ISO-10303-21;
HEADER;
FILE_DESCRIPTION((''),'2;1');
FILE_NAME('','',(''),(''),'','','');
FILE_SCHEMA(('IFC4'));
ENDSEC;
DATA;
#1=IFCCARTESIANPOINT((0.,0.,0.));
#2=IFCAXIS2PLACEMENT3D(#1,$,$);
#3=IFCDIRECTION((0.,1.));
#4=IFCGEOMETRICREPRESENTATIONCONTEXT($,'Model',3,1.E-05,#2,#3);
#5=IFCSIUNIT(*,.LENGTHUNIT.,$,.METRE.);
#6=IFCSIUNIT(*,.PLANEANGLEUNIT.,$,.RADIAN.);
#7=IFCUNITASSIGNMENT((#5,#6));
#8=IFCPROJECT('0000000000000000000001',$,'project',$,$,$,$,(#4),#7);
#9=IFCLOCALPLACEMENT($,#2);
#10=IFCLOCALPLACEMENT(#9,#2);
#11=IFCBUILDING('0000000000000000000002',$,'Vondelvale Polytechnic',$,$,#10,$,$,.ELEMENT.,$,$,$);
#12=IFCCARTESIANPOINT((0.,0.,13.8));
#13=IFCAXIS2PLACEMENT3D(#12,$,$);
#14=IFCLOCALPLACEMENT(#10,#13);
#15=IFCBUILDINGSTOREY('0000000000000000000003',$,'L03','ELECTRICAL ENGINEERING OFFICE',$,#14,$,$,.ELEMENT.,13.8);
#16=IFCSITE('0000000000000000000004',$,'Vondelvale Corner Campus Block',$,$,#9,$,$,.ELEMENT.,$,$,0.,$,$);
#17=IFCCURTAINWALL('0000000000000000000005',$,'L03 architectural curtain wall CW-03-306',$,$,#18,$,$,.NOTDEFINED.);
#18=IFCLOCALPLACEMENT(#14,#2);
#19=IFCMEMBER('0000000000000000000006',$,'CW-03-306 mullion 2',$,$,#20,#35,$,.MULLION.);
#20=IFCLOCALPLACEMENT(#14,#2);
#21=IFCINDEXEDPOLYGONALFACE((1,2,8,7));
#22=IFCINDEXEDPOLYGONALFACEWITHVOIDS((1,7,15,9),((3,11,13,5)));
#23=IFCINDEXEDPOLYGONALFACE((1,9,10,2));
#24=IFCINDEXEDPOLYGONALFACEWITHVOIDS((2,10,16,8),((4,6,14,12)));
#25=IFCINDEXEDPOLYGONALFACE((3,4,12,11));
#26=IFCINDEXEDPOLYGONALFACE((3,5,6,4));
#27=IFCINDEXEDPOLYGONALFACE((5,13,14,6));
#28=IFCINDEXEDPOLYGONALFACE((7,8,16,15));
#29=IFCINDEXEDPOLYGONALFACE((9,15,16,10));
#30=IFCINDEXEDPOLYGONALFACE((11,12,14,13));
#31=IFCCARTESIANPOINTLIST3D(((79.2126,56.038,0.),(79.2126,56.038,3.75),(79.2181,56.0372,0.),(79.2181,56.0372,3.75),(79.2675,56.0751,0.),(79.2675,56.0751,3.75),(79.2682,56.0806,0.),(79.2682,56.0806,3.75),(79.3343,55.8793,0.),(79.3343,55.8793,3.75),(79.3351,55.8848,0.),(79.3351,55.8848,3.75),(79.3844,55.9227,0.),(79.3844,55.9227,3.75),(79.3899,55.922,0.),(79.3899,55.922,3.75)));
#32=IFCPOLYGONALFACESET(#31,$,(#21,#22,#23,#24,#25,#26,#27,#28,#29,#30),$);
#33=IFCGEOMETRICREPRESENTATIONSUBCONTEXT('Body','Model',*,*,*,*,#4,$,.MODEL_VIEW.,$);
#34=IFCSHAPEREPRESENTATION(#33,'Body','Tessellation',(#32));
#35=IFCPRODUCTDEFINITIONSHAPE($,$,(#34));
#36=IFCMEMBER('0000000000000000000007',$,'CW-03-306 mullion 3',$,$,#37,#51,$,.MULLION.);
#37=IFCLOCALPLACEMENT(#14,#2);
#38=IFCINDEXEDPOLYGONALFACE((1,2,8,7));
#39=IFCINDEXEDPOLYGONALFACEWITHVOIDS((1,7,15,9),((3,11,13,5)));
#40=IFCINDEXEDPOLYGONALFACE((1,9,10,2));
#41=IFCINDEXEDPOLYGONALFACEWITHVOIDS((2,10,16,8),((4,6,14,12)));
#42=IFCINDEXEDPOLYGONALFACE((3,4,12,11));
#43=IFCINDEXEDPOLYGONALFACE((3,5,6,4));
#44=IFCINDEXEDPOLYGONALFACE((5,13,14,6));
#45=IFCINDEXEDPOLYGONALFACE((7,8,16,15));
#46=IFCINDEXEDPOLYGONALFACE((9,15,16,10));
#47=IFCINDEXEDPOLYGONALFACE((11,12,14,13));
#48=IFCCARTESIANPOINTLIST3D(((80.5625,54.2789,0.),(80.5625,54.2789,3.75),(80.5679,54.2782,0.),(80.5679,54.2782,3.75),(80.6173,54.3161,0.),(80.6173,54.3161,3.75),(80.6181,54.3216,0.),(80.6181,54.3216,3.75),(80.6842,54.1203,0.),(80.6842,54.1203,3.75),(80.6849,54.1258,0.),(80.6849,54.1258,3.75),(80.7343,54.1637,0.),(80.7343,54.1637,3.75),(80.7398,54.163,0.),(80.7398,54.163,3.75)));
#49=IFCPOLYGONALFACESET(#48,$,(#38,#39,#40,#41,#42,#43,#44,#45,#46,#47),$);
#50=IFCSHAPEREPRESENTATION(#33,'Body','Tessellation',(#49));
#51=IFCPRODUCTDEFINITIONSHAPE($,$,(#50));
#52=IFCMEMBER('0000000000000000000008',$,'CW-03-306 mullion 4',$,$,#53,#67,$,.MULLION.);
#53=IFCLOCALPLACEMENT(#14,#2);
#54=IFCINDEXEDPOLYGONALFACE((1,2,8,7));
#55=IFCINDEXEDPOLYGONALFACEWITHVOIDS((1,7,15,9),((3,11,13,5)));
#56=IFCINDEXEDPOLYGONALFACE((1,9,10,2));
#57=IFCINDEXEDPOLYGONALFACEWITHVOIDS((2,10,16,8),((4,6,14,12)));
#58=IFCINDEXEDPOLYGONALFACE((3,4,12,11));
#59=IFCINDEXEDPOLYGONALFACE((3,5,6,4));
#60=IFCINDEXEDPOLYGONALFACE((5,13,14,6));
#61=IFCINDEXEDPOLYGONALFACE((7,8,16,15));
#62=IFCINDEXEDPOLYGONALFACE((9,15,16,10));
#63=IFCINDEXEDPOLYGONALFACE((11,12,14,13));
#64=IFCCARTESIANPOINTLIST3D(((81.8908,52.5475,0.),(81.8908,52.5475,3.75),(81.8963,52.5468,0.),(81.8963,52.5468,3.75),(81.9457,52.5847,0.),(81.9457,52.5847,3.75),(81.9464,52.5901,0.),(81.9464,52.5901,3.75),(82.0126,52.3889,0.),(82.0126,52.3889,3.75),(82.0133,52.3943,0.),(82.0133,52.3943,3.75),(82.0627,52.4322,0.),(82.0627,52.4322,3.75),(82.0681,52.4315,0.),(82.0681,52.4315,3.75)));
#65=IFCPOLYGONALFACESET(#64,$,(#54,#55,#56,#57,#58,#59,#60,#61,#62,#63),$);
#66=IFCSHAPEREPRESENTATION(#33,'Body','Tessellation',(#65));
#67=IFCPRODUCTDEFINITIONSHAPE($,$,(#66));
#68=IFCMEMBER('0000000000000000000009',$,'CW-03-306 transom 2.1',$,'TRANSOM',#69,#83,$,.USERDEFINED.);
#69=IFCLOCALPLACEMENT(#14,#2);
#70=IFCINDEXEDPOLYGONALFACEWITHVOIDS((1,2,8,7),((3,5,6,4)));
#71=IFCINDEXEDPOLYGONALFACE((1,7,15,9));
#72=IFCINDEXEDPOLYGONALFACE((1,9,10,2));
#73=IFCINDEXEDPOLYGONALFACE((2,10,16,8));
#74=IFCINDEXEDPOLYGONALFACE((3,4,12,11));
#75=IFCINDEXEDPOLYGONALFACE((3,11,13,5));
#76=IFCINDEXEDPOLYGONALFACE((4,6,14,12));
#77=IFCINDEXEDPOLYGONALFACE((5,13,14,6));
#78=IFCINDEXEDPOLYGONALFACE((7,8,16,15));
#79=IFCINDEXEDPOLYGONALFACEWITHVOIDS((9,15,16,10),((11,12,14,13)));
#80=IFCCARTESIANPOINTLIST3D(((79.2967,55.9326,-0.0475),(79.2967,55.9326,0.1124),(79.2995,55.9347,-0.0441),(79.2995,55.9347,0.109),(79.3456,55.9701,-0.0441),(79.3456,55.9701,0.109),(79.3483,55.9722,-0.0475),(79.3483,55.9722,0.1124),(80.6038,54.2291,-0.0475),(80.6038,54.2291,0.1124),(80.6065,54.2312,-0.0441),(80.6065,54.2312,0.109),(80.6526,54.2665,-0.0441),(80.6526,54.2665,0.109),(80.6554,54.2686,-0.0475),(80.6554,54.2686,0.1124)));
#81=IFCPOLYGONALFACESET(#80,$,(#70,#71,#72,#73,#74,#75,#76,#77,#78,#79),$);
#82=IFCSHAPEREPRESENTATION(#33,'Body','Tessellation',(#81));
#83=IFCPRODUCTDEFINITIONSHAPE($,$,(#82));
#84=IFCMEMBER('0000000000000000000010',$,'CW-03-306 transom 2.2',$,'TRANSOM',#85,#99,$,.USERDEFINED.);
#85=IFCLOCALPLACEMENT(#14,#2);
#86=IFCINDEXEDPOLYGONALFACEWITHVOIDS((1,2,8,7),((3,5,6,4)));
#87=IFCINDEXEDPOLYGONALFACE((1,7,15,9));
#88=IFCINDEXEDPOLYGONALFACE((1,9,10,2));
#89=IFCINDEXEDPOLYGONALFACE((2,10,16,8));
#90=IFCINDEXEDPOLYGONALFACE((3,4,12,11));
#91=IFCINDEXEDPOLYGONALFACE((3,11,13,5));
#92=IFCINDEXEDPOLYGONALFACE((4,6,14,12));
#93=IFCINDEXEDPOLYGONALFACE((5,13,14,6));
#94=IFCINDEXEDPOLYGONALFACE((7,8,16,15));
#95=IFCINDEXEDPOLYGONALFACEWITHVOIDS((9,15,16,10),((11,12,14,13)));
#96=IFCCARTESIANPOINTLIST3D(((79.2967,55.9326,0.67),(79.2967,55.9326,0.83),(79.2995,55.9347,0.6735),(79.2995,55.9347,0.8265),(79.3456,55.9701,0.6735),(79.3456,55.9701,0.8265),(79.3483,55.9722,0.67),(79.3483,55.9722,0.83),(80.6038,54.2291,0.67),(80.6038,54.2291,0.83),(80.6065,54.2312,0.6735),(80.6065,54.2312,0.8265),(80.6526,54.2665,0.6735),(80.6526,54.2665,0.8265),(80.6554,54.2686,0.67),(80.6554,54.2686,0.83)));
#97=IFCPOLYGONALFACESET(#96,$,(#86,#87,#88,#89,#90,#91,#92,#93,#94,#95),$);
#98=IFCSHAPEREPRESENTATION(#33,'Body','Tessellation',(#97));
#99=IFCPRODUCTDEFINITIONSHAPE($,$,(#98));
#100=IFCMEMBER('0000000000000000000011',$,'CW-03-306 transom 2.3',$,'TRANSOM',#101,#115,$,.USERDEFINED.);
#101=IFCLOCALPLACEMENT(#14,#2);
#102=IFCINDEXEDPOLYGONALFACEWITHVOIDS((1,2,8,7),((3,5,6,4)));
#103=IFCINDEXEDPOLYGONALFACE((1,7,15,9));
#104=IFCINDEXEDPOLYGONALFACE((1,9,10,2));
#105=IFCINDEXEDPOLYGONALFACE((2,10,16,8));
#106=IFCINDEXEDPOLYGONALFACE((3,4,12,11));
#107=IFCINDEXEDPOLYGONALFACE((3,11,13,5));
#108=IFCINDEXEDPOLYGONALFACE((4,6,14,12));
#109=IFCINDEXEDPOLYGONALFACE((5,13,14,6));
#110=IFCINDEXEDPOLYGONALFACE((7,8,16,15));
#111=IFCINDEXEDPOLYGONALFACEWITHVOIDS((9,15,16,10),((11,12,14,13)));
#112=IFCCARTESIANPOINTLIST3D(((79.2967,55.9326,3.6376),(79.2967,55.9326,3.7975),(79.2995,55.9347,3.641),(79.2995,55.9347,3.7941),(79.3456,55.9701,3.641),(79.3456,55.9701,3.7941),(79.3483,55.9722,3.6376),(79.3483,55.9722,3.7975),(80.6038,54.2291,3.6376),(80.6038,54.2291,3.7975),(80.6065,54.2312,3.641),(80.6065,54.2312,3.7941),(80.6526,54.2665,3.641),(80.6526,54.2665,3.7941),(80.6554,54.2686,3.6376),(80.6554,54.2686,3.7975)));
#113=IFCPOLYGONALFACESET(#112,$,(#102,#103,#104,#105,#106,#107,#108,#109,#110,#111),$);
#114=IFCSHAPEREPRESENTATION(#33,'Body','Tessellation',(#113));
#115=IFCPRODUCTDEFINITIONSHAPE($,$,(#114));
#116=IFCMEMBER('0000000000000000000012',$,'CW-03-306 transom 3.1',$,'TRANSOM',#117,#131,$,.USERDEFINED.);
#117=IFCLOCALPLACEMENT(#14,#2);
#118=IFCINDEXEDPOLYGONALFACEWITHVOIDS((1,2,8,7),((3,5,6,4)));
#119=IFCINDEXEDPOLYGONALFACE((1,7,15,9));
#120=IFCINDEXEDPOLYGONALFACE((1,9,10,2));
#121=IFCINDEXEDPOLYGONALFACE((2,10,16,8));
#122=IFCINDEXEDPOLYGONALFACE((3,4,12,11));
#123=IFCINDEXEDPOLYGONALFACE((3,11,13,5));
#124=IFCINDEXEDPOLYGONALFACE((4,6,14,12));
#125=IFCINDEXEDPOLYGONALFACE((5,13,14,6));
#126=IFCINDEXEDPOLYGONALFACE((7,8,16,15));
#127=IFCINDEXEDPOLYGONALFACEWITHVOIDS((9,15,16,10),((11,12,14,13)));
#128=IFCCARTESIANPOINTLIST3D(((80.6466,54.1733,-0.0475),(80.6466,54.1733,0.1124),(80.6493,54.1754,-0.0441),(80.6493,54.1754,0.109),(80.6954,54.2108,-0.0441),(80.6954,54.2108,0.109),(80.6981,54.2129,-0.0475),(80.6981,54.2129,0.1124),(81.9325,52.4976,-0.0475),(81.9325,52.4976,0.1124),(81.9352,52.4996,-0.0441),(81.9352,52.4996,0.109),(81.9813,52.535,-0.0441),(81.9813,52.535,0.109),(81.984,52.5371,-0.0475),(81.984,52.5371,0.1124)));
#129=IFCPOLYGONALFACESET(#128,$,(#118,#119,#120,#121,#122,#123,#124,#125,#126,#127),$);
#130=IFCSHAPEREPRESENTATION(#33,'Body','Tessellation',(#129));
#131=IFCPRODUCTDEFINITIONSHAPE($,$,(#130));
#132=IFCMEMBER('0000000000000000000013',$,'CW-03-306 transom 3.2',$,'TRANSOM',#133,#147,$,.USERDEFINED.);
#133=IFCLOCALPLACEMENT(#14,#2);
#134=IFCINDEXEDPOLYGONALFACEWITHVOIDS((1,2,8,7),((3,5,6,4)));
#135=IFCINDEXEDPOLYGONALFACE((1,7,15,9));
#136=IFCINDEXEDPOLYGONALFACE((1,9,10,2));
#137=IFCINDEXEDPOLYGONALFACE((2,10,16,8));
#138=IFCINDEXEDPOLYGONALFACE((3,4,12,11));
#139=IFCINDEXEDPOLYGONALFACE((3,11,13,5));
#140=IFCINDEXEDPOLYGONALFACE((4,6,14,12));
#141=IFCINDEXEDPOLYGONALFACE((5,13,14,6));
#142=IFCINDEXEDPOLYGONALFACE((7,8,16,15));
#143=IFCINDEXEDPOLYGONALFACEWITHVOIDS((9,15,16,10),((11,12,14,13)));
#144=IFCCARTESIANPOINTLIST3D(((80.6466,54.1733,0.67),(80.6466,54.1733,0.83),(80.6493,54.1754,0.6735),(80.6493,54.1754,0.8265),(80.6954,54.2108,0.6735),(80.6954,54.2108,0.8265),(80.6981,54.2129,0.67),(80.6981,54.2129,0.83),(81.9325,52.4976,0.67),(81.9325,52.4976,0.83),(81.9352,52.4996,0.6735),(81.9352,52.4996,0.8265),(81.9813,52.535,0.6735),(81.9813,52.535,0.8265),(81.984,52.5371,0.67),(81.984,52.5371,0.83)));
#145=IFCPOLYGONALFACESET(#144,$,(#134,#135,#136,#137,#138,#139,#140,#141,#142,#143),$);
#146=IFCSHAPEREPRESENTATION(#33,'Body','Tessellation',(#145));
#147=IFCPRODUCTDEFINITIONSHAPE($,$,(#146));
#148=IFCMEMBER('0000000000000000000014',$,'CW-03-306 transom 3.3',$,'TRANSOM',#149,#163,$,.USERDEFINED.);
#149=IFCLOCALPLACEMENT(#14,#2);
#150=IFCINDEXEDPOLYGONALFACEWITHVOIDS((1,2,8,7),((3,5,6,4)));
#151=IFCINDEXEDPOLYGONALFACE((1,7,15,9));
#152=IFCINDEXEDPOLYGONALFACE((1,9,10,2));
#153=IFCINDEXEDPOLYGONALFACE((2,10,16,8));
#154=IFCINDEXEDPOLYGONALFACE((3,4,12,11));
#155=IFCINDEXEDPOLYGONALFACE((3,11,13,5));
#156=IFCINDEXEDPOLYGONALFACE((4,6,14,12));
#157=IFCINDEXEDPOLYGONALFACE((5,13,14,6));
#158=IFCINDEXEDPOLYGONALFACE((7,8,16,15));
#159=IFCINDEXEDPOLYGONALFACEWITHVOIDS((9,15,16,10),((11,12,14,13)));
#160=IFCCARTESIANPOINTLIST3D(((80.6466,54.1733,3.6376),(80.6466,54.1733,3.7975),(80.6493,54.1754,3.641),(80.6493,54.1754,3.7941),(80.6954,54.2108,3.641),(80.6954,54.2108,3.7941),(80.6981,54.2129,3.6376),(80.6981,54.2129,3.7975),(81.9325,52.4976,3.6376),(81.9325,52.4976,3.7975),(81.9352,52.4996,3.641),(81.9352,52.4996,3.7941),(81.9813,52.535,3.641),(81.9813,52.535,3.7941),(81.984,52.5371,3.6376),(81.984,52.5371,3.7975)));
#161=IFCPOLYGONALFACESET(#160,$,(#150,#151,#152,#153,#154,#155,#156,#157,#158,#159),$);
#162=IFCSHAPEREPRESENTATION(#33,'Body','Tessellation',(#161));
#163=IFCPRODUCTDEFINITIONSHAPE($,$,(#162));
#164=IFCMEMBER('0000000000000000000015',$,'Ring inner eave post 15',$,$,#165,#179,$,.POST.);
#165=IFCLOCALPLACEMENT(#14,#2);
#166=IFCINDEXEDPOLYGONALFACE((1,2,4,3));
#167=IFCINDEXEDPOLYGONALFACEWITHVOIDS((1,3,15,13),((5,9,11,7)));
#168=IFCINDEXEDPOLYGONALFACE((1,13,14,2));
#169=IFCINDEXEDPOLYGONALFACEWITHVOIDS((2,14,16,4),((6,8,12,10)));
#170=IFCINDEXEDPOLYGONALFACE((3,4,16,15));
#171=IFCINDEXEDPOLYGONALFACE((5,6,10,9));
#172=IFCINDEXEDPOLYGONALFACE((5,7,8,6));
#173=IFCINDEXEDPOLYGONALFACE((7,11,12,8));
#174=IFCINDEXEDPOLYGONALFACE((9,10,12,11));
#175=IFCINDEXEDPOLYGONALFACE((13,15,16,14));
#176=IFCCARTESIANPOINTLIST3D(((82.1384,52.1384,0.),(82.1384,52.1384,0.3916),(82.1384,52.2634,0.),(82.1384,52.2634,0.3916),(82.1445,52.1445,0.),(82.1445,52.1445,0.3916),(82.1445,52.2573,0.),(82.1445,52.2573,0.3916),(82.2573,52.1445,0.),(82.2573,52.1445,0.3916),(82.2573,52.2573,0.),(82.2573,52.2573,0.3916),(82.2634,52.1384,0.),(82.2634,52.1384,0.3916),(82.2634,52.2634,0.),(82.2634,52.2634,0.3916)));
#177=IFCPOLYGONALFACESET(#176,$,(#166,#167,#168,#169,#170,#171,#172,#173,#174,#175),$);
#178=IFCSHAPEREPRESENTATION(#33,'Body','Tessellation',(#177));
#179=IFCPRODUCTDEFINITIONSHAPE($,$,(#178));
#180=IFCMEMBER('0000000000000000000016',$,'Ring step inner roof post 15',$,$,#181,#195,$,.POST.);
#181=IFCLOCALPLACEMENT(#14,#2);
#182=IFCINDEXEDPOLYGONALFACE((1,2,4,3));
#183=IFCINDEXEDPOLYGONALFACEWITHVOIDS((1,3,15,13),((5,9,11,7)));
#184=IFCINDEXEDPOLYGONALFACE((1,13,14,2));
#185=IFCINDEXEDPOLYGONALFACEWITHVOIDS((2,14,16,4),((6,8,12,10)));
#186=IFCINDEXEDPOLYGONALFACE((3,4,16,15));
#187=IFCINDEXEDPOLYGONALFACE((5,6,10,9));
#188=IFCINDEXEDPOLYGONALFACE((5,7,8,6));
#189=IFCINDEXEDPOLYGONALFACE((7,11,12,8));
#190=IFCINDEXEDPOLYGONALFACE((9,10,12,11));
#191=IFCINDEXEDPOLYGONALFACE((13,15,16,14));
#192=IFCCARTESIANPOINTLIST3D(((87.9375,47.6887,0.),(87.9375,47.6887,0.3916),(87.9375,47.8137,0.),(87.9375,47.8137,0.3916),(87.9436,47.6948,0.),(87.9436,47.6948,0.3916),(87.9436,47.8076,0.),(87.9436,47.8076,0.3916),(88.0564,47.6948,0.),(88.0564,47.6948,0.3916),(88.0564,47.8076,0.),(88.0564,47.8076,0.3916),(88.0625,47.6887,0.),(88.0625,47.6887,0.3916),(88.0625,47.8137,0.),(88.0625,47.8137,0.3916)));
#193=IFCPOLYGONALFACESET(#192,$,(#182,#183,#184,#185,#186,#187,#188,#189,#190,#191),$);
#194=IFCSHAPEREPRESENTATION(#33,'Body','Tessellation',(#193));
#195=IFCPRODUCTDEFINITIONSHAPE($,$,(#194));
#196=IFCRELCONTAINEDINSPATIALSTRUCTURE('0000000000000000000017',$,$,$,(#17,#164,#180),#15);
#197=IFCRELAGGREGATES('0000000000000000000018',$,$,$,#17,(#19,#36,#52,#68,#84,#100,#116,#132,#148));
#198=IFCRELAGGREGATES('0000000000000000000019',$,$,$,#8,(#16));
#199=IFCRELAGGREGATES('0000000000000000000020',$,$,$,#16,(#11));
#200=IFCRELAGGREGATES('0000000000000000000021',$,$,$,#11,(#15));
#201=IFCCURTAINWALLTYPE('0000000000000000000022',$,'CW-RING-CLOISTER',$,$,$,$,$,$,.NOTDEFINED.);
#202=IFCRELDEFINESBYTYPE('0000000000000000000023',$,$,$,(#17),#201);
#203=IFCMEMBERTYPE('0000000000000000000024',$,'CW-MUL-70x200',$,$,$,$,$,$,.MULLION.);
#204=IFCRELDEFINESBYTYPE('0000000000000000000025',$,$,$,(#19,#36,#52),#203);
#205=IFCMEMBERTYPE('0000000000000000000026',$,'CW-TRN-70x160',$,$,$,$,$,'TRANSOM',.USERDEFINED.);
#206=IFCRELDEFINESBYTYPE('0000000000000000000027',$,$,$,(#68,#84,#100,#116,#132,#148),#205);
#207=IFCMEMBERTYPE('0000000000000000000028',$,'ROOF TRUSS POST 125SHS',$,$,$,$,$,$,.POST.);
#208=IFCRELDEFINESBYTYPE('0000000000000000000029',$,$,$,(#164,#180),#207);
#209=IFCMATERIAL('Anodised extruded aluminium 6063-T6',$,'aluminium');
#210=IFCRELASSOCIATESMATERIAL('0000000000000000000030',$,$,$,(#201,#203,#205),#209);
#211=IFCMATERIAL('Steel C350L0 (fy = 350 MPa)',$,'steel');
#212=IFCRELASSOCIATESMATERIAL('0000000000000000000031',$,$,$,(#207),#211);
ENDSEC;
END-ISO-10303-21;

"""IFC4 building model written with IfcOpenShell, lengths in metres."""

from ifc_helpers import new_model, si_unit, direction, frame, origin, origin_2d, place, context, subcontext, project, spatial, hollow_rectangle, extrude, material, material_profile, profile_set, type_object, element, aggregate, save


model = new_model("IFC4")

# Units and contexts
model_context = context("Model", 3, precision=1e-05, world=origin(), true_north=direction((0.0, 1.0)))
body_context = subcontext(model_context, "Body", "Model", "MODEL_VIEW")
ifc_project = project(units=[si_unit("LENGTHUNIT", "METRE"), si_unit("PLANEANGLEUNIT", "RADIAN")], contexts=[model_context])

# Site, building, storey
site_placement = place(None, origin())
site = spatial("IfcSite", under=ifc_project, at=site_placement, Name="Vondelvale Corner Campus Block", CompositionType="ELEMENT", RefElevation=0.0)
building_placement = place(site_placement, origin())
building = spatial("IfcBuilding", under=site, at=building_placement, Name="Vondelvale Polytechnic", CompositionType="ELEMENT")
storey_placement = place(building_placement, frame((0.0, 0.0, 13.8)))
storey = spatial("IfcBuildingStorey", under=building, at=storey_placement, Name="L03", Description="ELECTRICAL ENGINEERING OFFICE", CompositionType="ELEMENT", Elevation=13.8)

# Curtain wall, members
ifc_material_1 = material(Name="Anodised extruded aluminium 6063-T6", Category="aluminium")
curtain_wall_type = type_object("IfcCurtainWallType", Name="CW-RING-CLOISTER", PredefinedType="NOTDEFINED", material=ifc_material_1)
curtain_wall_placement = place(storey_placement, origin())
curtain_wall = element("IfcCurtainWall", 1, at=curtain_wall_placement, inside=storey, type_object=curtain_wall_type, Name="L03 architectural curtain wall CW-03-306", PredefinedType="NOTDEFINED")
ifc_material_profile_1 = material_profile(ifc_material_1, hollow_rectangle(XDim=0.0701, YDim=0.2, WallThickness=0.0039, at=origin_2d()), Name="CW-MUL-200x70")
ifc_profile_set_1 = profile_set([ifc_material_profile_1], Name="Anodised extruded aluminium 6063-T6")
member_type_1 = type_object("IfcMemberType", Name="CW-MUL-70x200", PredefinedType="MULLION", material=ifc_profile_set_1)
member_1_placement = place(storey_placement, frame((79.3013, 55.98, 0.0), z_axis=(0.0, 0.0, 1.0), x_axis=(0.793364, 0.608748, 0.0)))
member_1 = element("IfcMember", 2, at=member_1_placement, type_object=member_type_1, Name="CW-03-306 mullion 2", PredefinedType="MULLION", context=body_context, shape_type="SweptSolid", body=[
    extrude(hollow_rectangle(XDim=0.0701, YDim=0.2, WallThickness=0.0039, at=origin_2d()), origin(), (0.0, 0.0, 1.0), 3.75),
])
member_2_placement = place(storey_placement, frame((80.6511, 54.2209, 0.0), z_axis=(0.0, 0.0, 1.0), x_axis=(0.793364, 0.608748, 0.0)))
member_2 = element("IfcMember", 3, at=member_2_placement, type_object=member_type_1, Name="CW-03-306 mullion 3", PredefinedType="MULLION", context=body_context, shape_type="SweptSolid", body=[
    extrude(hollow_rectangle(XDim=0.0701, YDim=0.2, WallThickness=0.0039, at=origin_2d()), origin(), (0.0, 0.0, 1.0), 3.75),
])
member_3_placement = place(storey_placement, frame((81.9795, 52.4895, 0.0), z_axis=(0.0, 0.0, 1.0), x_axis=(0.793364, 0.608748, 0.0)))
member_3 = element("IfcMember", 4, at=member_3_placement, type_object=member_type_1, Name="CW-03-306 mullion 4", PredefinedType="MULLION", context=body_context, shape_type="SweptSolid", body=[
    extrude(hollow_rectangle(XDim=0.0701, YDim=0.2, WallThickness=0.0039, at=origin_2d()), origin(), (0.0, 0.0, 1.0), 3.75),
])
ifc_material_profile_2 = material_profile(ifc_material_1, hollow_rectangle(XDim=0.0649, YDim=0.1599, WallThickness=0.0034, at=origin_2d()), Name="CW-TRN-160x65")
ifc_profile_set_2 = profile_set([ifc_material_profile_2], Name="Anodised extruded aluminium 6063-T6")
member_type_2 = type_object("IfcMemberType", Name="CW-TRN-70x160", ElementType="TRANSOM", PredefinedType="USERDEFINED", material=ifc_profile_set_2)
member_4_placement = place(storey_placement, frame((79.3225, 55.9524, 0.0325), z_axis=(0.608732, -0.793376, 0.0), x_axis=(0.793376, 0.608732, 0.0)))
member_4 = element("IfcMember", 5, at=member_4_placement, type_object=member_type_2, Name="CW-03-306 transom 2.1", ObjectType="TRANSOM", PredefinedType="USERDEFINED", context=body_context, shape_type="SweptSolid", body=[
    extrude(hollow_rectangle(XDim=0.0649, YDim=0.1599, WallThickness=0.0034, at=origin_2d()), origin(), (0.0, 0.0, 1.0), 2.1472),
])
member_5_placement = place(storey_placement, frame((79.3225, 55.9524, 0.75), z_axis=(0.608732, -0.793376, 0.0), x_axis=(0.793376, 0.608732, 0.0)))
member_5 = element("IfcMember", 6, at=member_5_placement, type_object=member_type_2, Name="CW-03-306 transom 2.2", ObjectType="TRANSOM", PredefinedType="USERDEFINED", context=body_context, shape_type="SweptSolid", body=[
    extrude(hollow_rectangle(XDim=0.0649, YDim=0.1599, WallThickness=0.0034, at=origin_2d()), origin(), (0.0, 0.0, 1.0), 2.1472),
])
member_6_placement = place(storey_placement, frame((79.3225, 55.9524, 3.7175), z_axis=(0.608732, -0.793376, 0.0), x_axis=(0.793376, 0.608732, 0.0)))
member_6 = element("IfcMember", 7, at=member_6_placement, type_object=member_type_2, Name="CW-03-306 transom 2.3", ObjectType="TRANSOM", PredefinedType="USERDEFINED", context=body_context, shape_type="SweptSolid", body=[
    extrude(hollow_rectangle(XDim=0.0649, YDim=0.1599, WallThickness=0.0034, at=origin_2d()), origin(), (0.0, 0.0, 1.0), 2.1472),
])
member_7_placement = place(storey_placement, frame((80.6724, 54.1931, 0.0325), z_axis=(0.608766, -0.79335, 0.0), x_axis=(0.79335, 0.608766, 0.0)))
member_7 = element("IfcMember", 8, at=member_7_placement, type_object=member_type_2, Name="CW-03-306 transom 3.1", ObjectType="TRANSOM", PredefinedType="USERDEFINED", context=body_context, shape_type="SweptSolid", body=[
    extrude(hollow_rectangle(XDim=0.0649, YDim=0.1599, WallThickness=0.0034, at=origin_2d()), origin(), (0.0, 0.0, 1.0), 2.1123),
])
member_8_placement = place(storey_placement, frame((80.6724, 54.1931, 0.75), z_axis=(0.608766, -0.79335, 0.0), x_axis=(0.79335, 0.608766, 0.0)))
member_8 = element("IfcMember", 9, at=member_8_placement, type_object=member_type_2, Name="CW-03-306 transom 3.2", ObjectType="TRANSOM", PredefinedType="USERDEFINED", context=body_context, shape_type="SweptSolid", body=[
    extrude(hollow_rectangle(XDim=0.0649, YDim=0.1599, WallThickness=0.0034, at=origin_2d()), origin(), (0.0, 0.0, 1.0), 2.1123),
])
member_9_placement = place(storey_placement, frame((80.6724, 54.1931, 3.7175), z_axis=(0.608766, -0.79335, 0.0), x_axis=(0.79335, 0.608766, 0.0)))
member_9 = element("IfcMember", 10, at=member_9_placement, type_object=member_type_2, Name="CW-03-306 transom 3.3", ObjectType="TRANSOM", PredefinedType="USERDEFINED", context=body_context, shape_type="SweptSolid", body=[
    extrude(hollow_rectangle(XDim=0.0649, YDim=0.1599, WallThickness=0.0034, at=origin_2d()), origin(), (0.0, 0.0, 1.0), 2.1123),
])

# Members
ifc_material_2 = material(Name="Steel C350L0 (fy = 350 MPa)", Category="steel")
ifc_material_profile_3 = material_profile(ifc_material_2, hollow_rectangle(XDim=0.125, YDim=0.125, WallThickness=0.0061, at=origin_2d()), Name="125x125x6.0SHS")
ifc_profile_set_3 = profile_set([ifc_material_profile_3], Name="Steel C350L0 (fy = 350 MPa)")
member_type_3 = type_object("IfcMemberType", Name="ROOF TRUSS POST 125SHS", PredefinedType="POST", material=ifc_profile_set_3)
for number, where, z_axis, x_axis, name in (
    (11, (82.2009, 52.2009, 0.0), (0.0, 0.0, 1.0), (1.0, 0.0, 0.0), "Ring inner eave post 15"),
    (12, (88.0, 47.7512, 0.0), (0.0, 0.0, 1.0), (1.0, 0.0, 0.0), "Ring step inner roof post 15"),
):
    element("IfcMember", number, at=place(storey_placement, frame(where, z_axis=z_axis, x_axis=x_axis)), inside=storey, type_object=member_type_3, Name=name, PredefinedType="POST", context=body_context, shape_type="SweptSolid", body=[
        extrude(hollow_rectangle(XDim=0.125, YDim=0.125, WallThickness=0.0061, at=origin_2d()), origin(), (0.0, 0.0, 1.0), 0.3916),
    ])

aggregate(curtain_wall, [member_1, member_2, member_3, member_4, member_5, member_6, member_7, member_8, member_9])

save(model, "model.ifc")
